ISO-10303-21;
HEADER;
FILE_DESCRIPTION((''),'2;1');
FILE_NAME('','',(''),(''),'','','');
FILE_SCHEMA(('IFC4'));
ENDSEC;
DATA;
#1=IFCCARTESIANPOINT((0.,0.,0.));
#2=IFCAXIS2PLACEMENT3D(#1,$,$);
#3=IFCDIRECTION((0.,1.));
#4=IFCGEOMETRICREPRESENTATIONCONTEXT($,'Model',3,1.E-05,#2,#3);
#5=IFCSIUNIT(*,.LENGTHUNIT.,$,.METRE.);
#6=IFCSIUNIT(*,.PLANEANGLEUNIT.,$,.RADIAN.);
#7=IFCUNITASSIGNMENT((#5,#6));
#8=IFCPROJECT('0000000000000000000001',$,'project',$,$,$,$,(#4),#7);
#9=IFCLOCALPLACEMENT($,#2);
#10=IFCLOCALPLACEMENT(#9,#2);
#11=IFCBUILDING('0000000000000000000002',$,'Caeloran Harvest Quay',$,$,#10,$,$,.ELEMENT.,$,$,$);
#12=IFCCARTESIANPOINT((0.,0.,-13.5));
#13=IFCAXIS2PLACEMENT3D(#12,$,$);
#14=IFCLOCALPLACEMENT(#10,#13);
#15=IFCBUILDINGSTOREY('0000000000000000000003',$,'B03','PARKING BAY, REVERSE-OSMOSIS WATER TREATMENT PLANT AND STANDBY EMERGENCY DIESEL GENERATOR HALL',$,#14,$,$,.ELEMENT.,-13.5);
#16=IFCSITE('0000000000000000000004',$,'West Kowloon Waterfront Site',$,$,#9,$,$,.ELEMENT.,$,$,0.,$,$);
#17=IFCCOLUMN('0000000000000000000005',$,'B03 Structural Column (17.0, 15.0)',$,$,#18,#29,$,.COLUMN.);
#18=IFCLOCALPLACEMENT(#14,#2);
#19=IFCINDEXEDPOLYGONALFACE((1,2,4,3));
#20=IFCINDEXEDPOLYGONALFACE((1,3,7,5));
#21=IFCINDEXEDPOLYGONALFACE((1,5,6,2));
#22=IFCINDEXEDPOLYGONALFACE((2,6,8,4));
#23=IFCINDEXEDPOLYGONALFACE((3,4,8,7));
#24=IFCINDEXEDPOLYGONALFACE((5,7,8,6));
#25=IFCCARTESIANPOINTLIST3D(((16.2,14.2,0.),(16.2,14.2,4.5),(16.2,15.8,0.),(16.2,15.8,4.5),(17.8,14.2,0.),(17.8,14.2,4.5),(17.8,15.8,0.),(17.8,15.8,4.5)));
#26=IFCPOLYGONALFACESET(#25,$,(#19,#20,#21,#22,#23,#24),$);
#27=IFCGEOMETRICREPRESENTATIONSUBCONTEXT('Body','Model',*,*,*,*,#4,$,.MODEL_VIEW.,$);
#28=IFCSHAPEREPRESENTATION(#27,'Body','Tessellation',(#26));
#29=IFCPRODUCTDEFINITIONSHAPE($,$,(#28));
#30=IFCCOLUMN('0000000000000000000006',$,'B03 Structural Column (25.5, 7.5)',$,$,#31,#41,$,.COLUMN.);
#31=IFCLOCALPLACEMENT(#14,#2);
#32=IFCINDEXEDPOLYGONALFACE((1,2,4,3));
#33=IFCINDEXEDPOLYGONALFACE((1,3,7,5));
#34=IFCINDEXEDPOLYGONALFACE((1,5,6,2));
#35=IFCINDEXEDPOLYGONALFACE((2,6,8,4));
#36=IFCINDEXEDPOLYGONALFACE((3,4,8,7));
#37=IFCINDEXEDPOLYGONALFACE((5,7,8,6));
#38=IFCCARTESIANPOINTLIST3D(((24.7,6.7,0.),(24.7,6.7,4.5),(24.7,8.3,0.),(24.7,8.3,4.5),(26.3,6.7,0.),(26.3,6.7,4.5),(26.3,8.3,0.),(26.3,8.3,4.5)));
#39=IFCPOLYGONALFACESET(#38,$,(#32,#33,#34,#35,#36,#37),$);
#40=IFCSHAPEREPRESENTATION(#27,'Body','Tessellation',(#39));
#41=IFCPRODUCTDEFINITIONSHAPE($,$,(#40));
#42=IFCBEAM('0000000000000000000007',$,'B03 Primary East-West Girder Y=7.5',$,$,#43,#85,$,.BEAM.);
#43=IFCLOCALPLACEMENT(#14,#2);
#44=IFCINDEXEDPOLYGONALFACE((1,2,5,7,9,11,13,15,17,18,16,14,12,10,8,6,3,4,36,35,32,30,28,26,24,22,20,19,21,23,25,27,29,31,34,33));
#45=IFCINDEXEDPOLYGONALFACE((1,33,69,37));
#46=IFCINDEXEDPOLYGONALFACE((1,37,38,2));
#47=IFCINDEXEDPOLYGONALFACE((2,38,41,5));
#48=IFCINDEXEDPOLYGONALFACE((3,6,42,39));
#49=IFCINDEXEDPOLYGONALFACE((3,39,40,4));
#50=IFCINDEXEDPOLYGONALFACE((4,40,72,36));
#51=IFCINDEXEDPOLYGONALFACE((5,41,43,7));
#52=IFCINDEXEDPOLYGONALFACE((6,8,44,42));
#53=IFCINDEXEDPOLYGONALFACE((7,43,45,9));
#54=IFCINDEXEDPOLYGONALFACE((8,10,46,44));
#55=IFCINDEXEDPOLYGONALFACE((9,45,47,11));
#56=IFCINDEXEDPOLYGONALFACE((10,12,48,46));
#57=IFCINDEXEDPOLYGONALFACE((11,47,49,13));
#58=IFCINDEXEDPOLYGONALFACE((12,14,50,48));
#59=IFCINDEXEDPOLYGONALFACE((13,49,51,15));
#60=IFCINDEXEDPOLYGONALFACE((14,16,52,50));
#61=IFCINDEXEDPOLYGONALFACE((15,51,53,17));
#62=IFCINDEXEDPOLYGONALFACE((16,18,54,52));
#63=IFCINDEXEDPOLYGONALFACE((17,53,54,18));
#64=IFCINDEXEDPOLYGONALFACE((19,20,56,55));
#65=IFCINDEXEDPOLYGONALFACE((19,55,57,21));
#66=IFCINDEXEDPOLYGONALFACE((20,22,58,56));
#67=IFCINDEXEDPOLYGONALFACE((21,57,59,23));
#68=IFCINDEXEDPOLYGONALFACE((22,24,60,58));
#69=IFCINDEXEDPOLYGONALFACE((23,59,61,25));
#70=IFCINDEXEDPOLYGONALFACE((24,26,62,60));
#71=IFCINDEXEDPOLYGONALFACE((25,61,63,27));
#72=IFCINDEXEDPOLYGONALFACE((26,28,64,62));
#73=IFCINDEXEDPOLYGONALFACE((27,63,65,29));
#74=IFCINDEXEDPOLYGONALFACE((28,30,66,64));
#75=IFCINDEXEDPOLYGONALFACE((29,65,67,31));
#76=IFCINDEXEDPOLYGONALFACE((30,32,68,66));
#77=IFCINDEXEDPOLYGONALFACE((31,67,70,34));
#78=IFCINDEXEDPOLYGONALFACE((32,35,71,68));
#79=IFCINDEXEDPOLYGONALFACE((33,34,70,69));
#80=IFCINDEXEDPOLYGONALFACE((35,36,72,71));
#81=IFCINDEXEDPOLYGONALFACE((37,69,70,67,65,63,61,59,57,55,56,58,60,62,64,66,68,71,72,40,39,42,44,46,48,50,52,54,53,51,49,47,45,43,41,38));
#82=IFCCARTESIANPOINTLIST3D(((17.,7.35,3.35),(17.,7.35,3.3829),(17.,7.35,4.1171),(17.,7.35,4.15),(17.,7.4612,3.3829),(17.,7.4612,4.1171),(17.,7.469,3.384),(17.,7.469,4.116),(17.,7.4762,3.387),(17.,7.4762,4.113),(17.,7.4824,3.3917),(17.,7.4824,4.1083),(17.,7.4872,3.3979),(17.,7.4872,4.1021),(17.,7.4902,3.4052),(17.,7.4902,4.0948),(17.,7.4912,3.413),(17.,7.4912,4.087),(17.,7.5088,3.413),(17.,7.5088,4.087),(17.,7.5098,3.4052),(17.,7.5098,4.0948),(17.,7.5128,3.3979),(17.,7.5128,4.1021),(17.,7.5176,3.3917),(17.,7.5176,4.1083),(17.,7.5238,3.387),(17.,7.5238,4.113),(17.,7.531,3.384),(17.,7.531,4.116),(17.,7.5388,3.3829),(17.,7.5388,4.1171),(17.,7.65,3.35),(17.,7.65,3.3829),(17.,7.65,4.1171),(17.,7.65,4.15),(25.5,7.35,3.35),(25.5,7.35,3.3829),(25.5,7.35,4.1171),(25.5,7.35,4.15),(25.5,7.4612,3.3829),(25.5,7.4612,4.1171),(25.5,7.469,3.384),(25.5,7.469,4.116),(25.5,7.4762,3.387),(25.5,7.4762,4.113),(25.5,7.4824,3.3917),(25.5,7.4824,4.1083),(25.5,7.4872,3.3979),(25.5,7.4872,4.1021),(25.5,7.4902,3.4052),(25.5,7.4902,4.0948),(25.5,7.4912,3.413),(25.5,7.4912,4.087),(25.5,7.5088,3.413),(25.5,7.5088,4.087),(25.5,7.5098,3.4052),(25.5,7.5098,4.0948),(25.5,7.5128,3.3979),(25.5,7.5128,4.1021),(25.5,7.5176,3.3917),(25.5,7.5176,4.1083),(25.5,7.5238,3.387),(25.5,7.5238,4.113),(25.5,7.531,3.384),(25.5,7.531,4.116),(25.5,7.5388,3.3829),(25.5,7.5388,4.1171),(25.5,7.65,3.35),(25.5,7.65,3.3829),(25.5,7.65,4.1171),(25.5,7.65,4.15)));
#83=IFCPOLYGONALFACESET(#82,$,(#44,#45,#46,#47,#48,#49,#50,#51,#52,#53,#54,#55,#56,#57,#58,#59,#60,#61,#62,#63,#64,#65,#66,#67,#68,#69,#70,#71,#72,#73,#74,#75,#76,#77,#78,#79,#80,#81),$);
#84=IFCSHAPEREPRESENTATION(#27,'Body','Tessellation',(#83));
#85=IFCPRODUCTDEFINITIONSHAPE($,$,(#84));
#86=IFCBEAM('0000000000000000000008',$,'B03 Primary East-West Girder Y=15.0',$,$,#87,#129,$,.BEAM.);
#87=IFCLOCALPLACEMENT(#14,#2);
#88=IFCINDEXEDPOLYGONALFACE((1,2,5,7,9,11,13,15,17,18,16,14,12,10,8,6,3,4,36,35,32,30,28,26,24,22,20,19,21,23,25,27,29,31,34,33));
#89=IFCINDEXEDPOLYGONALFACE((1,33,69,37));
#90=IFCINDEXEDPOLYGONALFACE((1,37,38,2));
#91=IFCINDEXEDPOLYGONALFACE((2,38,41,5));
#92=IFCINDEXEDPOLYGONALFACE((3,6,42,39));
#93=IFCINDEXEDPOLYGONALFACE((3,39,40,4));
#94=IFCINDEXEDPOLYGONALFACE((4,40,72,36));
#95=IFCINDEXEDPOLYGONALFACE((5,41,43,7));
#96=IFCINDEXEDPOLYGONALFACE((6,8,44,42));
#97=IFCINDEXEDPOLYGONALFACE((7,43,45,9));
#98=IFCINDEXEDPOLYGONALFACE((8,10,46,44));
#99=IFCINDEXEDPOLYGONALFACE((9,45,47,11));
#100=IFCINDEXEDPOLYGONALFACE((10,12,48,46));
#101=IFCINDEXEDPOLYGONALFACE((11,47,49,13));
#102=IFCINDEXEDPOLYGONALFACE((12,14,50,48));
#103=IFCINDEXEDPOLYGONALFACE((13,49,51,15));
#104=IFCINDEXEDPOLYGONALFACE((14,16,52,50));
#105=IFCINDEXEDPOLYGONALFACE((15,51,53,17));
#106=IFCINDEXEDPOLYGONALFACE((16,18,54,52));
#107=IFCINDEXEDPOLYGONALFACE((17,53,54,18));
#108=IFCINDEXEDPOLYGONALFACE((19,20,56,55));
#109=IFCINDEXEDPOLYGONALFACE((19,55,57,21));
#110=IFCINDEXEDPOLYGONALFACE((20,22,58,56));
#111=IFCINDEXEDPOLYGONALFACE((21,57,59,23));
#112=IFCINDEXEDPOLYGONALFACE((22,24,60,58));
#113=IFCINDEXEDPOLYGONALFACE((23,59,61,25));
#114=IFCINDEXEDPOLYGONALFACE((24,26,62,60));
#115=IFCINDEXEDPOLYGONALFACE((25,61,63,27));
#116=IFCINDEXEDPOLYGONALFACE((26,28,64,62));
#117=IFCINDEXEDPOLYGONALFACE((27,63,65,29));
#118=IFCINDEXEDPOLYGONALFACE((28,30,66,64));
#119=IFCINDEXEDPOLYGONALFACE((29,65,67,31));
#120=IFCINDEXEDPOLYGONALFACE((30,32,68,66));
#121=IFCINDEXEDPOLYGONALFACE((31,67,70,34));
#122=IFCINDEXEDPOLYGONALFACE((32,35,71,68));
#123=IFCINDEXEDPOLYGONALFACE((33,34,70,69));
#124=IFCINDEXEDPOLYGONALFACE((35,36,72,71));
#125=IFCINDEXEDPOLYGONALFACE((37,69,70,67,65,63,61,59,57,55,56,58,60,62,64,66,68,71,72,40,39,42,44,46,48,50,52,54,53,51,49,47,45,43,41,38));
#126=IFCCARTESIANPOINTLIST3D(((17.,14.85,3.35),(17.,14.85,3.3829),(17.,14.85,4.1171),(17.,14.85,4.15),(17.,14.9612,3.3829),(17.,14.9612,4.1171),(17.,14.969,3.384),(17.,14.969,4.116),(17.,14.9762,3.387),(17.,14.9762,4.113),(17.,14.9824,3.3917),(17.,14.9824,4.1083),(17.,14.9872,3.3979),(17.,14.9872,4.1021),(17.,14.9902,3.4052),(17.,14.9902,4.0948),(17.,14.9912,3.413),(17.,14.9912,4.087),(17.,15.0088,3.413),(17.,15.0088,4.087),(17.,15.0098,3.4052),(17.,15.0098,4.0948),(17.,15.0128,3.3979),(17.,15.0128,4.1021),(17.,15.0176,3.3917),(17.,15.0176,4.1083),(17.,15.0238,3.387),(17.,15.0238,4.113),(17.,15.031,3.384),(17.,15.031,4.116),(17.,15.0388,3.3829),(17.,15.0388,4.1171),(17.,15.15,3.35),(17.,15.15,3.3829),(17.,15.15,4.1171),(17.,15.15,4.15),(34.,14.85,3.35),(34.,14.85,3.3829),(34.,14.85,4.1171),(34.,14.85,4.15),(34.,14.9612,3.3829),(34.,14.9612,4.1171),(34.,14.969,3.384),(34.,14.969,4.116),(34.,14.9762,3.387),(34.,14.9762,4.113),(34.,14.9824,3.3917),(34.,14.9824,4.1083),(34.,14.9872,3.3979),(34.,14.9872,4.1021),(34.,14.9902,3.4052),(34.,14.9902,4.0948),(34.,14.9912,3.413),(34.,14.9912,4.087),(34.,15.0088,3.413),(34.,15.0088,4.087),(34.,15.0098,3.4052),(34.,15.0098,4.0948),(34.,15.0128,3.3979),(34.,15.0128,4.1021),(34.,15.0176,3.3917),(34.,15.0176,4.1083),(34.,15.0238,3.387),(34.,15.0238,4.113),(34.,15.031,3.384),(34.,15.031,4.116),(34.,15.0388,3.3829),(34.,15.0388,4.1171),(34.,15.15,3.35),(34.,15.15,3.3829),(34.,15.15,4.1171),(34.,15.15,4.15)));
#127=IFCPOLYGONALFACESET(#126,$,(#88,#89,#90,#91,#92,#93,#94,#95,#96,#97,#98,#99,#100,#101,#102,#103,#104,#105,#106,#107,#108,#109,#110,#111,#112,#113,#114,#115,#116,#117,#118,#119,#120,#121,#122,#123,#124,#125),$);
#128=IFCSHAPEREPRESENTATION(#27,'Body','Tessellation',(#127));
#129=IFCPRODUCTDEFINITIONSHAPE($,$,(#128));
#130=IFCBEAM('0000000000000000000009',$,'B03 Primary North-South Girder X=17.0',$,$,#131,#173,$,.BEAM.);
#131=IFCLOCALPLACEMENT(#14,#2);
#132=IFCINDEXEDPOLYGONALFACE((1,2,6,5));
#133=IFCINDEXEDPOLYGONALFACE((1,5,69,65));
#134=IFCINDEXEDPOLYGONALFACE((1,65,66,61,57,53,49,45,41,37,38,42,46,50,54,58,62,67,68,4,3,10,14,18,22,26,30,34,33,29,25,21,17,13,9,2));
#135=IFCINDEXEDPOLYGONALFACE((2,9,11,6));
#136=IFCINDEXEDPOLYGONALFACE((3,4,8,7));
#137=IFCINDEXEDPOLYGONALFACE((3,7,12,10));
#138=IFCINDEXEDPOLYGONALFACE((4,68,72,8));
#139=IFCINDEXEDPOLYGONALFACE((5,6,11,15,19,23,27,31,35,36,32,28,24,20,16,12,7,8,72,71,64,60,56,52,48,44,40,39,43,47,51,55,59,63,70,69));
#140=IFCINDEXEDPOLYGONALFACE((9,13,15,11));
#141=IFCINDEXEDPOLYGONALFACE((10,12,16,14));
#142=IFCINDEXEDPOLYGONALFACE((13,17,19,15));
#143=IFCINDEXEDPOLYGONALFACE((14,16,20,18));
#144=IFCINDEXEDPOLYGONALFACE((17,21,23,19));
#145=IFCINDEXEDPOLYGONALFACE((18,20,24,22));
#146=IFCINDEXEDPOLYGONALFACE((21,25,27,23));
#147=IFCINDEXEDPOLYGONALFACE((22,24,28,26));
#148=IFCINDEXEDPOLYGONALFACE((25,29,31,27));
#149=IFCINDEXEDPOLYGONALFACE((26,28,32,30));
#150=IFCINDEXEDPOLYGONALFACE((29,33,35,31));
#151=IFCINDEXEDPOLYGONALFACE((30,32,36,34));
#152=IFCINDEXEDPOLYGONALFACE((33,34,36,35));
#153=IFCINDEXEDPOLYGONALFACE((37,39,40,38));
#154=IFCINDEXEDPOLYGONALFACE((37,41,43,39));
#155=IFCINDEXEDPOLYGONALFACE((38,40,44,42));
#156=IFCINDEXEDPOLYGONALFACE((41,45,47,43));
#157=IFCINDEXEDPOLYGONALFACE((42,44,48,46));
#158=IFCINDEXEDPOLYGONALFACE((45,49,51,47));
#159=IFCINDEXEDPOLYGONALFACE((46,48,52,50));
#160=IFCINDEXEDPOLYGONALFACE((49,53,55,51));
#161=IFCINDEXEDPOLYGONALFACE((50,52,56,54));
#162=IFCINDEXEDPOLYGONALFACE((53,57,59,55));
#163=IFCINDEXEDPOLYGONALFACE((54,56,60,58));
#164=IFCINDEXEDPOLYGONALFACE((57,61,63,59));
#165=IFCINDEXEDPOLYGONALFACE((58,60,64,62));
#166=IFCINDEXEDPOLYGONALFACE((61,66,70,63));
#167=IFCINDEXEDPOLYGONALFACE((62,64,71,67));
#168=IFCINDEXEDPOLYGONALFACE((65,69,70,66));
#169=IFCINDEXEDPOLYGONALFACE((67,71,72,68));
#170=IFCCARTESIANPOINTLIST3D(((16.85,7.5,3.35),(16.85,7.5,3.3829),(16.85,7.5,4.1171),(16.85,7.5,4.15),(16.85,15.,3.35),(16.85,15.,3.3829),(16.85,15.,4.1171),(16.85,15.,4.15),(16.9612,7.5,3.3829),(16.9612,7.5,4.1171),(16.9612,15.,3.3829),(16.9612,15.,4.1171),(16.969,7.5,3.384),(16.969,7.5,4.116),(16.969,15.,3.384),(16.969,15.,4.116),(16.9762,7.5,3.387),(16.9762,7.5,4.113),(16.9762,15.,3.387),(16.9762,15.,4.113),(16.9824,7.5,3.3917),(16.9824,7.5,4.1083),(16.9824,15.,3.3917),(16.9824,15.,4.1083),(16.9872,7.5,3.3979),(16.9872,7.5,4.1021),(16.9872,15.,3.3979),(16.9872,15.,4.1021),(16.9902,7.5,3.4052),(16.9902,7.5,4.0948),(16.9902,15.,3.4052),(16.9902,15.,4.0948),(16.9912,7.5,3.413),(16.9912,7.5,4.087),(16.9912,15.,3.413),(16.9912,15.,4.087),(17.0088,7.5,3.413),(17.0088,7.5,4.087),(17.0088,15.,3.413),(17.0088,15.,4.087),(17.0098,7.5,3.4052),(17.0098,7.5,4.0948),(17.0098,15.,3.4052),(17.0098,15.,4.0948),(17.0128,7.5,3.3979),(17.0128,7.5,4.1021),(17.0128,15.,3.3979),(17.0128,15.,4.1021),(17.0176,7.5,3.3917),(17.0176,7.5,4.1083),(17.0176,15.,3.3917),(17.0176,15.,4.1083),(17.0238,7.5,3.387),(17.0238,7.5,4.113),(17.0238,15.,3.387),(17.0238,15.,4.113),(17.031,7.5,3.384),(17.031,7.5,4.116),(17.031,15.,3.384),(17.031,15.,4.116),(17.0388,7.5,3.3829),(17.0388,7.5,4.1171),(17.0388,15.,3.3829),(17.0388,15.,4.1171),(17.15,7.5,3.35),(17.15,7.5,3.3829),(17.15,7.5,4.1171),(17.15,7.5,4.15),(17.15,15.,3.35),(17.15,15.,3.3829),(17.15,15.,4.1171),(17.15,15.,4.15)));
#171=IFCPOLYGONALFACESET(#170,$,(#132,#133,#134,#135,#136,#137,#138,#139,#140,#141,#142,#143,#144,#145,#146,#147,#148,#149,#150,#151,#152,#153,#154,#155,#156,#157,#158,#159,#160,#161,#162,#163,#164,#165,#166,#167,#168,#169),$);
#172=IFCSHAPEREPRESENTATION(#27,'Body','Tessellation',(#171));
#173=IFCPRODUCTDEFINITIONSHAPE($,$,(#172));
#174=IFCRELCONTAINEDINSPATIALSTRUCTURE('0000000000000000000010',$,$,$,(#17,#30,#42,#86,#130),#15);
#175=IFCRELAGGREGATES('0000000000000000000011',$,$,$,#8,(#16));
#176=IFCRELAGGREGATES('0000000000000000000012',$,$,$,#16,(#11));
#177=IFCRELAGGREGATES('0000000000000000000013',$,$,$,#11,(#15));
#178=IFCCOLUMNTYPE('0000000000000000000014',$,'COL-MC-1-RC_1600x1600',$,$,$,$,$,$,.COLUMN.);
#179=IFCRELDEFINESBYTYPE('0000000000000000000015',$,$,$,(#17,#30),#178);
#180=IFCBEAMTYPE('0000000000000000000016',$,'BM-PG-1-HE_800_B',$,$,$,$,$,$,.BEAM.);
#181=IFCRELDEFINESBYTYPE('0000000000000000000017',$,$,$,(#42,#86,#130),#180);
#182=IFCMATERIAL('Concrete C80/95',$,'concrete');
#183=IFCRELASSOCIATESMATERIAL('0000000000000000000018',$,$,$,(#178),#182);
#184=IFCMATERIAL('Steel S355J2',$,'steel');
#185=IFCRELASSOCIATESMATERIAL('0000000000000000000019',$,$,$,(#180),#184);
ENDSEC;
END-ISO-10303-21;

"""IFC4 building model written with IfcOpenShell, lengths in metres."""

from ifc_helpers import new_model, si_unit, direction, frame, origin, origin_2d, place, context, subcontext, project, spatial, rectangle, i_section, extrude, material, material_profile, profile_set, type_object, element, save


model = new_model("IFC4")

# Units and contexts
model_context = context("Model", 3, precision=1e-05, world=origin(), true_north=direction((0.0, 1.0)))
body_context = subcontext(model_context, "Body", "Model", "MODEL_VIEW")
ifc_project = project(units=[si_unit("LENGTHUNIT", "METRE"), si_unit("PLANEANGLEUNIT", "RADIAN")], contexts=[model_context])

# Site, building, storey
site_placement = place(None, origin())
site = spatial("IfcSite", under=ifc_project, at=site_placement, Name="West Kowloon Waterfront Site", CompositionType="ELEMENT", RefElevation=0.0)
building_placement = place(site_placement, origin())
building = spatial("IfcBuilding", under=site, at=building_placement, Name="Caeloran Harvest Quay", CompositionType="ELEMENT")
storey_placement = place(building_placement, frame((0.0, 0.0, -13.5)))
storey = spatial("IfcBuildingStorey", under=building, at=storey_placement, Name="B03", Description="PARKING BAY, REVERSE-OSMOSIS WATER TREATMENT PLANT AND STANDBY EMERGENCY DIESEL GENERATOR HALL", CompositionType="ELEMENT", Elevation=-13.5)

# Columns
ifc_material_1 = material(Name="Concrete C80/95", Category="concrete")
ifc_material_profile_1 = material_profile(ifc_material_1, rectangle(XDim=1.6001, YDim=1.6001, at=origin_2d()), Name="RC 1600x1600")
ifc_profile_set_1 = profile_set([ifc_material_profile_1], Name="Concrete C80/95")
column_type = type_object("IfcColumnType", Name="COL-MC-1-RC_1600x1600", PredefinedType="COLUMN", material=ifc_profile_set_1)
for number, where, z_axis, x_axis, name in (
    (1, (17.0, 15.0, 0.0), (0.0, 0.0, 1.0), (1.0, 0.0, 0.0), "B03 Structural Column (17.0, 15.0)"),
    (2, (25.5, 7.5, 0.0), (0.0, 0.0, 1.0), (1.0, 0.0, 0.0), "B03 Structural Column (25.5, 7.5)"),
):
    element("IfcColumn", number, at=place(storey_placement, frame(where, z_axis=z_axis, x_axis=x_axis)), inside=storey, type_object=column_type, Name=name, PredefinedType="COLUMN", context=body_context, shape_type="SweptSolid", body=[
        extrude(rectangle(XDim=1.6001, YDim=1.6001, at=origin_2d()), origin(), (0.0, 0.0, 1.0), 4.5),
    ])

# Beams
ifc_material_2 = material(Name="Steel S355J2", Category="steel")
ifc_material_profile_2 = material_profile(ifc_material_2, i_section(OverallWidth=0.3, OverallDepth=0.8, WebThickness=0.0176, FlangeThickness=0.033, FilletRadius=0.03, at=origin_2d()), Name="HE 800 B")
ifc_profile_set_2 = profile_set([ifc_material_profile_2], Name="Steel S355J2")
beam_type_1 = type_object("IfcBeamType", Name="BM-PG-1-HE_800_B", PredefinedType="BEAM", material=ifc_profile_set_2)
beam_1_placement = place(storey_placement, frame((17.0, 7.5, 3.75), z_axis=(1.0, 0.0, 0.0), x_axis=(0.0, 1.0, 0.0)))
element("IfcBeam", 3, at=beam_1_placement, inside=storey, type_object=beam_type_1, Name="B03 Primary East-West Girder Y=7.5", PredefinedType="BEAM", context=body_context, shape_type="SweptSolid", body=[
    extrude(i_section(OverallWidth=0.3, OverallDepth=0.8, WebThickness=0.0176, FlangeThickness=0.033, FilletRadius=0.03, at=origin_2d()), origin(), (0.0, 0.0, 1.0), 8.5),
])
beam_2_placement = place(storey_placement, frame((17.0, 15.0, 3.75), z_axis=(1.0, 0.0, 0.0), x_axis=(0.0, 1.0, 0.0)))
element("IfcBeam", 4, at=beam_2_placement, inside=storey, type_object=beam_type_1, Name="B03 Primary East-West Girder Y=15.0", PredefinedType="BEAM", context=body_context, shape_type="SweptSolid", body=[
    extrude(i_section(OverallWidth=0.3, OverallDepth=0.8, WebThickness=0.0176, FlangeThickness=0.033, FilletRadius=0.03, at=origin_2d()), origin(), (0.0, 0.0, 1.0), 17.0),
])
beam_3_placement = place(storey_placement, frame((17.0, 7.5, 3.75), z_axis=(0.0, 1.0, 0.0), x_axis=(-1.0, 0.0, 0.0)))
element("IfcBeam", 5, at=beam_3_placement, inside=storey, type_object=beam_type_1, Name="B03 Primary North-South Girder X=17.0", PredefinedType="BEAM", context=body_context, shape_type="SweptSolid", body=[
    extrude(i_section(OverallWidth=0.3, OverallDepth=0.8, WebThickness=0.0176, FlangeThickness=0.033, FilletRadius=0.03, at=origin_2d()), origin(), (0.0, 0.0, 1.0), 7.5),
])

save(model, "model.ifc")
